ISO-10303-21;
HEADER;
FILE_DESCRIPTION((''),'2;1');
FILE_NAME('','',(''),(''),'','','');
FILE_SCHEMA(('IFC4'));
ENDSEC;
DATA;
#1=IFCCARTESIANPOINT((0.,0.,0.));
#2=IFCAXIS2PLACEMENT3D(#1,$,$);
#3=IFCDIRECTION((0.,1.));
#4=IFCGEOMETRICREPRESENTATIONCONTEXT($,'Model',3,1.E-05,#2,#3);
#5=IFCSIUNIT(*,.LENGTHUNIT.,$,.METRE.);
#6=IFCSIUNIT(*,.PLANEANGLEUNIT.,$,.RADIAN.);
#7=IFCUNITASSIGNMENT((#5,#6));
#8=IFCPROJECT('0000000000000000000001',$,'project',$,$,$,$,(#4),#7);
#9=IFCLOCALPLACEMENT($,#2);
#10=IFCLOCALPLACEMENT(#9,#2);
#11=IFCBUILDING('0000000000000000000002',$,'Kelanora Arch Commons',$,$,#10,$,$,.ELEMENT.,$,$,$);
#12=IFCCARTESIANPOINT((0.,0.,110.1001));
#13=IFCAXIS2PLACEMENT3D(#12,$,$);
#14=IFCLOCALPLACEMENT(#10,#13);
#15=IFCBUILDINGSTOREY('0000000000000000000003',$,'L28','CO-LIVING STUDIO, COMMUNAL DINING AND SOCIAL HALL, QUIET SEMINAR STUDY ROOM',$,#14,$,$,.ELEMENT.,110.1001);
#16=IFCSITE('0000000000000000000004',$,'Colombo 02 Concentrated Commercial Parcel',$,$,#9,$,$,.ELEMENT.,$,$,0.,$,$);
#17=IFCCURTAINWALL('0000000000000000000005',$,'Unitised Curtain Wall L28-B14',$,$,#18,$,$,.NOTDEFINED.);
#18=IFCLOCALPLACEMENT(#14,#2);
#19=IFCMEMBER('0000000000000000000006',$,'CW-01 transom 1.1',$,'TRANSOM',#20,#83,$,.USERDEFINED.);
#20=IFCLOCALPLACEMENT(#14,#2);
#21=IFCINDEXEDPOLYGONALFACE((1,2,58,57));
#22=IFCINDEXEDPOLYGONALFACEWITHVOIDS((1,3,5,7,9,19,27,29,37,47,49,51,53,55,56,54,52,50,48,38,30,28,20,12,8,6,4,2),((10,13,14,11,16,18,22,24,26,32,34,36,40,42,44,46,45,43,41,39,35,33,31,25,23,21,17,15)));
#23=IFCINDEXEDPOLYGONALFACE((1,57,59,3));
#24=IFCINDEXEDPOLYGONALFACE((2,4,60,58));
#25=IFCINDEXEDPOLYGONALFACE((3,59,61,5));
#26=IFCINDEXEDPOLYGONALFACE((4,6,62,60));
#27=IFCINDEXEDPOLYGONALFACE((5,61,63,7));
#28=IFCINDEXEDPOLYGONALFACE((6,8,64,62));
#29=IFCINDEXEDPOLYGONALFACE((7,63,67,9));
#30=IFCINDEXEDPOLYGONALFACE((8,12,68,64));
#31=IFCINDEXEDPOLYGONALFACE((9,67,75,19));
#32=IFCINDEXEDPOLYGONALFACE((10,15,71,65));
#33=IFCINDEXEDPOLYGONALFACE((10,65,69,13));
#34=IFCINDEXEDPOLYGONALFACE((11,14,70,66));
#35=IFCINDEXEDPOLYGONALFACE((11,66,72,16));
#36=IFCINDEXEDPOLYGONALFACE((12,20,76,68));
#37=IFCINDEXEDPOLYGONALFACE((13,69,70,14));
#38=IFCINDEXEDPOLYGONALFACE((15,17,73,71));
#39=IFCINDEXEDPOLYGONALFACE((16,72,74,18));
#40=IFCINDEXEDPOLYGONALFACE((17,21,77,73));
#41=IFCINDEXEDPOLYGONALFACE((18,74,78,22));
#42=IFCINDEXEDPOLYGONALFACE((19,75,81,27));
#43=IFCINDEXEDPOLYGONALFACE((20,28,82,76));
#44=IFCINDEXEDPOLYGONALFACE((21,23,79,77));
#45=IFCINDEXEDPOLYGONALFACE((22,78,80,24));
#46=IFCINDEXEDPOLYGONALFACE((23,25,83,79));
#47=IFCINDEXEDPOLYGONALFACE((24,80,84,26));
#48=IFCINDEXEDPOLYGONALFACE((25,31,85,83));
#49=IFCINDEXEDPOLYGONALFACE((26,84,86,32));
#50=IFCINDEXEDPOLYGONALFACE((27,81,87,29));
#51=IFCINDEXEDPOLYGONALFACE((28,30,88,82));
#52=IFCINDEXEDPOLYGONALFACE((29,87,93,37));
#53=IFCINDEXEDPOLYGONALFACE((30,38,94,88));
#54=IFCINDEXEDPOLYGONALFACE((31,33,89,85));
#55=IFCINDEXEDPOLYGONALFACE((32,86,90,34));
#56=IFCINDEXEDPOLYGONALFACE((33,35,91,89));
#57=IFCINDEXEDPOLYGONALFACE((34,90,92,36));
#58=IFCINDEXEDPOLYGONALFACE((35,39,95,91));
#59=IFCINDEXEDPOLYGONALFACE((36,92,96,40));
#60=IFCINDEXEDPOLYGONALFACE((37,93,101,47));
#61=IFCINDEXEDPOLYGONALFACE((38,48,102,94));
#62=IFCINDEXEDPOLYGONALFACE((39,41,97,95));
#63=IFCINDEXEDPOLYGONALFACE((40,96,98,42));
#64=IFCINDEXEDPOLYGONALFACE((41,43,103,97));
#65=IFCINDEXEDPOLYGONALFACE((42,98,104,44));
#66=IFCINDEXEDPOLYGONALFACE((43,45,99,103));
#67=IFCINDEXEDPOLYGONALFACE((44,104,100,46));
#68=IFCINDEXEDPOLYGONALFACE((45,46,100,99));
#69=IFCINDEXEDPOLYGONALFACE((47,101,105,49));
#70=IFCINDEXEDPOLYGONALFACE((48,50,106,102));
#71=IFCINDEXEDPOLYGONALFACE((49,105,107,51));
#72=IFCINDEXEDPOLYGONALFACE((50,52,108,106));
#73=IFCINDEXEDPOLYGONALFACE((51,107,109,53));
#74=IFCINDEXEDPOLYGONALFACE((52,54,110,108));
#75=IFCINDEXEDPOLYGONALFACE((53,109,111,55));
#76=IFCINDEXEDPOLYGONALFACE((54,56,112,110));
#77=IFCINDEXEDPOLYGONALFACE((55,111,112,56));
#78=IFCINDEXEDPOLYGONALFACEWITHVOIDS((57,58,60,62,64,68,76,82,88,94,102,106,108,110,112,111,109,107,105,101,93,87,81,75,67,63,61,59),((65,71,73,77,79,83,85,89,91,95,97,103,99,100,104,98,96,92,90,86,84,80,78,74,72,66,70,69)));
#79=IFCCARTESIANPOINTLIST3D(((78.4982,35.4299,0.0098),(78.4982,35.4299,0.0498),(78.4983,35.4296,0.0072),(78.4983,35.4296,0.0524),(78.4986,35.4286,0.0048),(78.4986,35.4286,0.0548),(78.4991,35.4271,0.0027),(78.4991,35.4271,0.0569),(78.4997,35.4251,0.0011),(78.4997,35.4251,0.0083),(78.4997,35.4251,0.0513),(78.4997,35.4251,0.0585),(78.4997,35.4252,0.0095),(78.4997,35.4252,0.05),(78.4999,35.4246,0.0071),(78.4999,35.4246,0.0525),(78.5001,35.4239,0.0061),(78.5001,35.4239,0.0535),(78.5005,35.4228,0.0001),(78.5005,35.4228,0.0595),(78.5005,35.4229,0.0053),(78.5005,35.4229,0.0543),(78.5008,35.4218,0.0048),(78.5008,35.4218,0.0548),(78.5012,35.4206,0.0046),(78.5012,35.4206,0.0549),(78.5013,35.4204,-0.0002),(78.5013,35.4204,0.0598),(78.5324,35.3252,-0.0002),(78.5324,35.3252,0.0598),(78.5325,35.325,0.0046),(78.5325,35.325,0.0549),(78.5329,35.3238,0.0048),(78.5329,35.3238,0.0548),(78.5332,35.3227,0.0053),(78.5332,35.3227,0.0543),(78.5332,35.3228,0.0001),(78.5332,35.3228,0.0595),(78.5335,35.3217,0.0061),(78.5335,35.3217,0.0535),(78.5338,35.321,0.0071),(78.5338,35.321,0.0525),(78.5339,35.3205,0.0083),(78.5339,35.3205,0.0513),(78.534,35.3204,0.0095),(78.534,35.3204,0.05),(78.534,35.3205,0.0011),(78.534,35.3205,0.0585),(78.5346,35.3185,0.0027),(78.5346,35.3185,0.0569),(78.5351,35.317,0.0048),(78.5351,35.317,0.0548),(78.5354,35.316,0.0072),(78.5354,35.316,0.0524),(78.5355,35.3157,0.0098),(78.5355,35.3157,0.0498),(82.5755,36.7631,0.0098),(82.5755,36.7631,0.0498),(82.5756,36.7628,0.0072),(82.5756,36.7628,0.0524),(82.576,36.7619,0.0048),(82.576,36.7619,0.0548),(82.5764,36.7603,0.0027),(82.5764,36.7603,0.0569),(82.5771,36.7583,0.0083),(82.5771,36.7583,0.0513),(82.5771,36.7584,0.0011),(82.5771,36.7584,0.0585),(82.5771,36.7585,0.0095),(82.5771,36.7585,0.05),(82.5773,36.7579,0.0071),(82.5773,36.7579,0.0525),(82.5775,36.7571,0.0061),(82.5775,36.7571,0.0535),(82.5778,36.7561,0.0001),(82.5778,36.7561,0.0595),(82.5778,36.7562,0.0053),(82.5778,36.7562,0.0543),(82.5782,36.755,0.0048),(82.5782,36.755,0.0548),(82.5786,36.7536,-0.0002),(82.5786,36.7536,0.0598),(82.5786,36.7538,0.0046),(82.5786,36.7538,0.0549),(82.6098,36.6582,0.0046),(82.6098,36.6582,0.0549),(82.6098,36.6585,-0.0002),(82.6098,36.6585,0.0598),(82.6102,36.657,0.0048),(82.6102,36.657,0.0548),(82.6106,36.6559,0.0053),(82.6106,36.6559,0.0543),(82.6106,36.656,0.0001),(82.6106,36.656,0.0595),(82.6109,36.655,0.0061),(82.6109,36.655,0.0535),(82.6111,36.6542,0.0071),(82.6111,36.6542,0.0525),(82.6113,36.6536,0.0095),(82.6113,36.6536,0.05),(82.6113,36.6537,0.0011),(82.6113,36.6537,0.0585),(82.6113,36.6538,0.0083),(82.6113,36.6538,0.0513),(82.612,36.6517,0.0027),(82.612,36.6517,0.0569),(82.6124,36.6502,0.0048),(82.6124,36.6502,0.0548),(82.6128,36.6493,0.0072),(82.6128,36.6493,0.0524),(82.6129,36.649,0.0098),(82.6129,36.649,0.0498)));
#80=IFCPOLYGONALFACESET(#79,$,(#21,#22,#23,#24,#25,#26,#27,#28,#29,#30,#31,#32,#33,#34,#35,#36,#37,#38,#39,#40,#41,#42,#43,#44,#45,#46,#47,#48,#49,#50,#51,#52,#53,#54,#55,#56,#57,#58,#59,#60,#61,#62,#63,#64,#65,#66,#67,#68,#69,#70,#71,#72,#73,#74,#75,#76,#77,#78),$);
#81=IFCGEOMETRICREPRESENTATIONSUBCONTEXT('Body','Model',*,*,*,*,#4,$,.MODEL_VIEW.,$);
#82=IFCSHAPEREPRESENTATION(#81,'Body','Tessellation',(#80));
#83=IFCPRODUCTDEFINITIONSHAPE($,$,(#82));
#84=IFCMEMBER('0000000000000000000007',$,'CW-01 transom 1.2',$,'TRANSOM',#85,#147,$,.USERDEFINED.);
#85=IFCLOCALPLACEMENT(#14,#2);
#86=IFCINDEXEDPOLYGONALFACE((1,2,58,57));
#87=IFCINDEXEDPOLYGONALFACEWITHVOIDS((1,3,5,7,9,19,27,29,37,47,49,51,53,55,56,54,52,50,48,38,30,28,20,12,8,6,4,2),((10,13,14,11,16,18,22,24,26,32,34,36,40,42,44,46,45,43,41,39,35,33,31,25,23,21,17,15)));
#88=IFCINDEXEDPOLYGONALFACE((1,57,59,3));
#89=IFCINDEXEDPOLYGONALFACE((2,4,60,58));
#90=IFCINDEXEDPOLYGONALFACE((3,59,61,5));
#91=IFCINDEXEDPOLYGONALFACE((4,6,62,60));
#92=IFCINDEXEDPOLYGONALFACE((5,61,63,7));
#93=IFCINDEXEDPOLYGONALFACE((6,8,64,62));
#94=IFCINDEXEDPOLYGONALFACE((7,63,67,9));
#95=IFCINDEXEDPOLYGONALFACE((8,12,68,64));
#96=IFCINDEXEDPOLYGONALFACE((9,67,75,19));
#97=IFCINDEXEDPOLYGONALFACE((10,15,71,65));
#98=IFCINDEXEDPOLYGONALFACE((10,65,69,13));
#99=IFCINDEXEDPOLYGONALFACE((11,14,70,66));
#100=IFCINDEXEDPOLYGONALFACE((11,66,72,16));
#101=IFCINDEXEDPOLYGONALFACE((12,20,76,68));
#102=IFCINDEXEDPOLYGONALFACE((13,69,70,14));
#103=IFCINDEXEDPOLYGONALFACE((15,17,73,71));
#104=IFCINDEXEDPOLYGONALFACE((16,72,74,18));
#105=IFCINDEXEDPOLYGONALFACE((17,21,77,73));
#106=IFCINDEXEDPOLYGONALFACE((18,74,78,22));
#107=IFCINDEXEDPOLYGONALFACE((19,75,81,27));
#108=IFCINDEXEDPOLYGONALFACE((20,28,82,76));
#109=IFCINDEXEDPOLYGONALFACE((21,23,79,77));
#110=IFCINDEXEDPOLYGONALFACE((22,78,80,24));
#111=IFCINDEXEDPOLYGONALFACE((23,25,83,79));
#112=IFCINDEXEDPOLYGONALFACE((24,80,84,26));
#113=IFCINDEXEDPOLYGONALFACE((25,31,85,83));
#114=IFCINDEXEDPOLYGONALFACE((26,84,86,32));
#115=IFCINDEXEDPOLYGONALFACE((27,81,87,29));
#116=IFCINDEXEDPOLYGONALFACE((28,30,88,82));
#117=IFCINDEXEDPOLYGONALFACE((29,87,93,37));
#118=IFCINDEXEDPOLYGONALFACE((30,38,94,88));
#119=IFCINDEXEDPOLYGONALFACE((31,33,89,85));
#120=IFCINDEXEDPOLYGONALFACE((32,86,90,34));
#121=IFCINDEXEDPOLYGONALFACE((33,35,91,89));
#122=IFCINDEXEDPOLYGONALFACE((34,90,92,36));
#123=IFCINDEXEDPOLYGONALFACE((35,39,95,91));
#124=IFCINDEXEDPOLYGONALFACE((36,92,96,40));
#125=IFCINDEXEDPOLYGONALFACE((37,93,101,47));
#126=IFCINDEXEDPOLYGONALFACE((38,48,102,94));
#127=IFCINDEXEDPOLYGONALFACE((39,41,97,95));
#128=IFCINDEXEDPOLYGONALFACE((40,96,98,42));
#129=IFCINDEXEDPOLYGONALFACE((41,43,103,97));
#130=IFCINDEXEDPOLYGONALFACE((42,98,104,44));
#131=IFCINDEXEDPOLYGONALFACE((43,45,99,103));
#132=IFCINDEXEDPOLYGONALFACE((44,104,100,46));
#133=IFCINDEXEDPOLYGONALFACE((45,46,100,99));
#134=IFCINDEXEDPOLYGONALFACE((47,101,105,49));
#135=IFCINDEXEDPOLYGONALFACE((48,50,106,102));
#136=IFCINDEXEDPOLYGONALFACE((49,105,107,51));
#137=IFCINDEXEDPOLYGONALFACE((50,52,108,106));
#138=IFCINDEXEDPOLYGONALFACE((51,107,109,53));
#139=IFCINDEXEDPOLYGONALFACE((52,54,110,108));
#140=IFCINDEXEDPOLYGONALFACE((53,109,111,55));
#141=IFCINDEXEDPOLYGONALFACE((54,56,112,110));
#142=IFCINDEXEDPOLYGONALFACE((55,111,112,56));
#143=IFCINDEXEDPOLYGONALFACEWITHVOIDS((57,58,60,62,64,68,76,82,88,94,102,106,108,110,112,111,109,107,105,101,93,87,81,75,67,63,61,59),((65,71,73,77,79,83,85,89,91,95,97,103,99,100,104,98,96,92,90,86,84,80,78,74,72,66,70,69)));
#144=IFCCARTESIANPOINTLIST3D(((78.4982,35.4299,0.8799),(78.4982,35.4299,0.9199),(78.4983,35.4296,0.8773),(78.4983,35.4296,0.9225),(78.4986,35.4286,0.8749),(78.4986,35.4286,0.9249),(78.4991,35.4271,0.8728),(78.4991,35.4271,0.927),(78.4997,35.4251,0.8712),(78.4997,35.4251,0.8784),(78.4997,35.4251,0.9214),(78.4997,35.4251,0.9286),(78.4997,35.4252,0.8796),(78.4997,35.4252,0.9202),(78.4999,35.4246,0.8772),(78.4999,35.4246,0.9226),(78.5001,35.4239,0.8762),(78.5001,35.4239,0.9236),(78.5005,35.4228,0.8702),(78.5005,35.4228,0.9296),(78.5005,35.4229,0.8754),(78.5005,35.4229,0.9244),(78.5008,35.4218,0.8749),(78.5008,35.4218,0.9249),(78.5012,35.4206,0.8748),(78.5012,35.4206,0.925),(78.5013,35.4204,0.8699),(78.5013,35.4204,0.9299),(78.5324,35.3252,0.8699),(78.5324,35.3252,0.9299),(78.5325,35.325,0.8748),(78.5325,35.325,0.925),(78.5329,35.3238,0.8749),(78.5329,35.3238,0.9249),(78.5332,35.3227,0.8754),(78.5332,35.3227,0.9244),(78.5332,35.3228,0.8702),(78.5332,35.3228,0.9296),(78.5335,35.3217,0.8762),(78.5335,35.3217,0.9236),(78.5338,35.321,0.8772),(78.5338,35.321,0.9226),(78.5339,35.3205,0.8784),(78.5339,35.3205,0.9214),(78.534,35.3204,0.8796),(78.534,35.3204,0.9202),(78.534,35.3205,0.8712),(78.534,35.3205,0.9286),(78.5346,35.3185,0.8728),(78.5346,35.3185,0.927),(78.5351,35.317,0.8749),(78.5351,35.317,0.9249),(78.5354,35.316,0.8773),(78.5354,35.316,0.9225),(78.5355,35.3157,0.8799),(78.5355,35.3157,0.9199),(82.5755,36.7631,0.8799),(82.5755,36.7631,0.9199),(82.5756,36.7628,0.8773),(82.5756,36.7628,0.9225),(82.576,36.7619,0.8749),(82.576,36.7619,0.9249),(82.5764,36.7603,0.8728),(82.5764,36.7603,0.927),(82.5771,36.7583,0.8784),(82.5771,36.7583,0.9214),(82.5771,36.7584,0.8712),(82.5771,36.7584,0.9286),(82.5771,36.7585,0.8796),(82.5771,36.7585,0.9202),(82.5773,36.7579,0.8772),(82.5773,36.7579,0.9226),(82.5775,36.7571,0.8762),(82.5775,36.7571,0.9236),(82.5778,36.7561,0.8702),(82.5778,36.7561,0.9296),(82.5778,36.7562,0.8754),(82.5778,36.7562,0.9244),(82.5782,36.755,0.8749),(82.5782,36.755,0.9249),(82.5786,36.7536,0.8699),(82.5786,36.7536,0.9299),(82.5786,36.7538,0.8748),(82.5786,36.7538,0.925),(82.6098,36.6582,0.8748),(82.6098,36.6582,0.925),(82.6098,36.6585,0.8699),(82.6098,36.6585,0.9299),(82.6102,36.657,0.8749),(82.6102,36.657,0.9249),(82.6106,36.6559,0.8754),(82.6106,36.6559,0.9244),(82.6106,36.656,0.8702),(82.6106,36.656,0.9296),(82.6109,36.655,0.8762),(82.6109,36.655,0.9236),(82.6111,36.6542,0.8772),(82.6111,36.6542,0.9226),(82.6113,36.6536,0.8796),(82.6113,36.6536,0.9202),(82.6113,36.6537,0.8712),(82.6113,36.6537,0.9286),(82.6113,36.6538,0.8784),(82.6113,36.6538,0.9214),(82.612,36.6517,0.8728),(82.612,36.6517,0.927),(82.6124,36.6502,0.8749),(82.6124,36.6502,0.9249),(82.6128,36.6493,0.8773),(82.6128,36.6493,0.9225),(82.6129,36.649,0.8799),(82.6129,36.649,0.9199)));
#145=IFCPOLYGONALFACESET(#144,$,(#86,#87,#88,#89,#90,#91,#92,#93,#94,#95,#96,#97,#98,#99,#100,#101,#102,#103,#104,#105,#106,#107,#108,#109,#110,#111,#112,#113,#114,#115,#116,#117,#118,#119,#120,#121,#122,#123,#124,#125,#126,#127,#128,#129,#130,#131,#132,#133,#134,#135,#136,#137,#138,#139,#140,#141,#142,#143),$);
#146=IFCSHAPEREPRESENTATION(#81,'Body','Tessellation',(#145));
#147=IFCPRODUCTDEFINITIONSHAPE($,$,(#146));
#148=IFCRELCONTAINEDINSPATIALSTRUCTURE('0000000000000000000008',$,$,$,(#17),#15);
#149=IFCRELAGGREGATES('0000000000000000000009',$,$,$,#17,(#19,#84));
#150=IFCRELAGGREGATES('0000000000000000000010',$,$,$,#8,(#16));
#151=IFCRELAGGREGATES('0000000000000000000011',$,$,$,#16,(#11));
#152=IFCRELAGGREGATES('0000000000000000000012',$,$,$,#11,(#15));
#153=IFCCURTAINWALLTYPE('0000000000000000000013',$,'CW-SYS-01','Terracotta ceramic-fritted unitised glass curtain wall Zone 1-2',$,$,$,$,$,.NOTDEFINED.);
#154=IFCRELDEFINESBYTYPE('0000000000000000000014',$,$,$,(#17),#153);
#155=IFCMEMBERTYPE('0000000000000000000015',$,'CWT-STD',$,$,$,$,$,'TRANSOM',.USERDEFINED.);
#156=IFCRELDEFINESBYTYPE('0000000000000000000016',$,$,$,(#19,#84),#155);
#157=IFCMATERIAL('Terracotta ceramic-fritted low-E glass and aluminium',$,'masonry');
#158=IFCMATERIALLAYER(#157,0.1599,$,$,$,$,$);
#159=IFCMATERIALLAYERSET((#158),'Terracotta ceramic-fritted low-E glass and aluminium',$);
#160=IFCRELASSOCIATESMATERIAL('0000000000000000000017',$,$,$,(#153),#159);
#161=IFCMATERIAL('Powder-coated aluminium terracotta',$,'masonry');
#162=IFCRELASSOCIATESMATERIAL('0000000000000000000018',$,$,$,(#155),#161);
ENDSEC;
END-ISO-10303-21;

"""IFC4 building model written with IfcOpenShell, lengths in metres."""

from ifc_helpers import new_model, si_unit, direction, frame, origin, origin_2d, place, context, subcontext, project, spatial, hollow_rectangle, extrude, material, layer, layer_set, material_profile, profile_set, type_object, element, aggregate, save


model = new_model("IFC4")

# Units and contexts
model_context = context("Model", 3, precision=1e-05, world=origin(), true_north=direction((0.0, 1.0)))
body_context = subcontext(model_context, "Body", "Model", "MODEL_VIEW")
ifc_project = project(units=[si_unit("LENGTHUNIT", "METRE"), si_unit("PLANEANGLEUNIT", "RADIAN")], contexts=[model_context])

# Site, building, storey
site_placement = place(None, origin())
site = spatial("IfcSite", under=ifc_project, at=site_placement, Name="Colombo 02 Concentrated Commercial Parcel", CompositionType="ELEMENT", RefElevation=0.0)
building_placement = place(site_placement, origin())
building = spatial("IfcBuilding", under=site, at=building_placement, Name="Kelanora Arch Commons", CompositionType="ELEMENT")
storey_placement = place(building_placement, frame((0.0, 0.0, 110.1001)))
storey = spatial("IfcBuildingStorey", under=building, at=storey_placement, Name="L28", Description="CO-LIVING STUDIO, COMMUNAL DINING AND SOCIAL HALL, QUIET SEMINAR STUDY ROOM", CompositionType="ELEMENT", Elevation=110.1001)

# Curtain wall, members
ifc_material_1 = material(Name="Terracotta ceramic-fritted low-E glass and aluminium", Category="masonry")
ifc_layer_1 = layer(ifc_material_1, 0.1599)
ifc_layer_set_1 = layer_set([ifc_layer_1], Name="Terracotta ceramic-fritted low-E glass and aluminium")
curtain_wall_type = type_object("IfcCurtainWallType", Name="CW-SYS-01", Description="Terracotta ceramic-fritted unitised glass curtain wall Zone 1-2", PredefinedType="NOTDEFINED", material=ifc_layer_set_1)
curtain_wall_placement = place(storey_placement, origin())
curtain_wall = element("IfcCurtainWall", 1, at=curtain_wall_placement, inside=storey, type_object=curtain_wall_type, Name="Unitised Curtain Wall L28-B14", PredefinedType="NOTDEFINED")
ifc_material_2 = material(Name="Powder-coated aluminium terracotta", Category="masonry")
ifc_material_profile_1 = material_profile(ifc_material_2, hollow_rectangle(XDim=0.1201, YDim=0.0601, WallThickness=0.0049, InnerFilletRadius=0.0049, OuterFilletRadius=0.01, at=origin_2d()), Name="CWT120x60")
ifc_profile_set_1 = profile_set([ifc_material_profile_1], Name="Powder-coated aluminium terracotta")
member_type_1 = type_object("IfcMemberType", Name="CWT-STD", ElementType="TRANSOM", PredefinedType="USERDEFINED", material=ifc_profile_set_1)
member_1_placement = place(storey_placement, frame((78.5168, 35.3728, 0.0298), z_axis=(0.950478, 0.310793, 0.0), x_axis=(-0.310793, 0.950478, 0.0)))
member_1 = element("IfcMember", 2, at=member_1_placement, type_object=member_type_1, Name="CW-01 transom 1.1", ObjectType="TRANSOM", PredefinedType="USERDEFINED", context=body_context, shape_type="SweptSolid", body=[
    extrude(hollow_rectangle(XDim=0.1201, YDim=0.0601, WallThickness=0.0049, InnerFilletRadius=0.0049, OuterFilletRadius=0.01, at=origin_2d()), origin(), (0.0, 0.0, 1.0), 4.2898),
])
member_2_placement = place(storey_placement, frame((78.5168, 35.3728, 0.8999), z_axis=(0.950478, 0.310793, 0.0), x_axis=(-0.310793, 0.950478, 0.0)))
member_2 = element("IfcMember", 3, at=member_2_placement, type_object=member_type_1, Name="CW-01 transom 1.2", ObjectType="TRANSOM", PredefinedType="USERDEFINED", context=body_context, shape_type="SweptSolid", body=[
    extrude(hollow_rectangle(XDim=0.1201, YDim=0.0601, WallThickness=0.0049, InnerFilletRadius=0.0049, OuterFilletRadius=0.01, at=origin_2d()), origin(), (0.0, 0.0, 1.0), 4.2898),
])
aggregate(curtain_wall, [member_1, member_2])

save(model, "model.ifc")
